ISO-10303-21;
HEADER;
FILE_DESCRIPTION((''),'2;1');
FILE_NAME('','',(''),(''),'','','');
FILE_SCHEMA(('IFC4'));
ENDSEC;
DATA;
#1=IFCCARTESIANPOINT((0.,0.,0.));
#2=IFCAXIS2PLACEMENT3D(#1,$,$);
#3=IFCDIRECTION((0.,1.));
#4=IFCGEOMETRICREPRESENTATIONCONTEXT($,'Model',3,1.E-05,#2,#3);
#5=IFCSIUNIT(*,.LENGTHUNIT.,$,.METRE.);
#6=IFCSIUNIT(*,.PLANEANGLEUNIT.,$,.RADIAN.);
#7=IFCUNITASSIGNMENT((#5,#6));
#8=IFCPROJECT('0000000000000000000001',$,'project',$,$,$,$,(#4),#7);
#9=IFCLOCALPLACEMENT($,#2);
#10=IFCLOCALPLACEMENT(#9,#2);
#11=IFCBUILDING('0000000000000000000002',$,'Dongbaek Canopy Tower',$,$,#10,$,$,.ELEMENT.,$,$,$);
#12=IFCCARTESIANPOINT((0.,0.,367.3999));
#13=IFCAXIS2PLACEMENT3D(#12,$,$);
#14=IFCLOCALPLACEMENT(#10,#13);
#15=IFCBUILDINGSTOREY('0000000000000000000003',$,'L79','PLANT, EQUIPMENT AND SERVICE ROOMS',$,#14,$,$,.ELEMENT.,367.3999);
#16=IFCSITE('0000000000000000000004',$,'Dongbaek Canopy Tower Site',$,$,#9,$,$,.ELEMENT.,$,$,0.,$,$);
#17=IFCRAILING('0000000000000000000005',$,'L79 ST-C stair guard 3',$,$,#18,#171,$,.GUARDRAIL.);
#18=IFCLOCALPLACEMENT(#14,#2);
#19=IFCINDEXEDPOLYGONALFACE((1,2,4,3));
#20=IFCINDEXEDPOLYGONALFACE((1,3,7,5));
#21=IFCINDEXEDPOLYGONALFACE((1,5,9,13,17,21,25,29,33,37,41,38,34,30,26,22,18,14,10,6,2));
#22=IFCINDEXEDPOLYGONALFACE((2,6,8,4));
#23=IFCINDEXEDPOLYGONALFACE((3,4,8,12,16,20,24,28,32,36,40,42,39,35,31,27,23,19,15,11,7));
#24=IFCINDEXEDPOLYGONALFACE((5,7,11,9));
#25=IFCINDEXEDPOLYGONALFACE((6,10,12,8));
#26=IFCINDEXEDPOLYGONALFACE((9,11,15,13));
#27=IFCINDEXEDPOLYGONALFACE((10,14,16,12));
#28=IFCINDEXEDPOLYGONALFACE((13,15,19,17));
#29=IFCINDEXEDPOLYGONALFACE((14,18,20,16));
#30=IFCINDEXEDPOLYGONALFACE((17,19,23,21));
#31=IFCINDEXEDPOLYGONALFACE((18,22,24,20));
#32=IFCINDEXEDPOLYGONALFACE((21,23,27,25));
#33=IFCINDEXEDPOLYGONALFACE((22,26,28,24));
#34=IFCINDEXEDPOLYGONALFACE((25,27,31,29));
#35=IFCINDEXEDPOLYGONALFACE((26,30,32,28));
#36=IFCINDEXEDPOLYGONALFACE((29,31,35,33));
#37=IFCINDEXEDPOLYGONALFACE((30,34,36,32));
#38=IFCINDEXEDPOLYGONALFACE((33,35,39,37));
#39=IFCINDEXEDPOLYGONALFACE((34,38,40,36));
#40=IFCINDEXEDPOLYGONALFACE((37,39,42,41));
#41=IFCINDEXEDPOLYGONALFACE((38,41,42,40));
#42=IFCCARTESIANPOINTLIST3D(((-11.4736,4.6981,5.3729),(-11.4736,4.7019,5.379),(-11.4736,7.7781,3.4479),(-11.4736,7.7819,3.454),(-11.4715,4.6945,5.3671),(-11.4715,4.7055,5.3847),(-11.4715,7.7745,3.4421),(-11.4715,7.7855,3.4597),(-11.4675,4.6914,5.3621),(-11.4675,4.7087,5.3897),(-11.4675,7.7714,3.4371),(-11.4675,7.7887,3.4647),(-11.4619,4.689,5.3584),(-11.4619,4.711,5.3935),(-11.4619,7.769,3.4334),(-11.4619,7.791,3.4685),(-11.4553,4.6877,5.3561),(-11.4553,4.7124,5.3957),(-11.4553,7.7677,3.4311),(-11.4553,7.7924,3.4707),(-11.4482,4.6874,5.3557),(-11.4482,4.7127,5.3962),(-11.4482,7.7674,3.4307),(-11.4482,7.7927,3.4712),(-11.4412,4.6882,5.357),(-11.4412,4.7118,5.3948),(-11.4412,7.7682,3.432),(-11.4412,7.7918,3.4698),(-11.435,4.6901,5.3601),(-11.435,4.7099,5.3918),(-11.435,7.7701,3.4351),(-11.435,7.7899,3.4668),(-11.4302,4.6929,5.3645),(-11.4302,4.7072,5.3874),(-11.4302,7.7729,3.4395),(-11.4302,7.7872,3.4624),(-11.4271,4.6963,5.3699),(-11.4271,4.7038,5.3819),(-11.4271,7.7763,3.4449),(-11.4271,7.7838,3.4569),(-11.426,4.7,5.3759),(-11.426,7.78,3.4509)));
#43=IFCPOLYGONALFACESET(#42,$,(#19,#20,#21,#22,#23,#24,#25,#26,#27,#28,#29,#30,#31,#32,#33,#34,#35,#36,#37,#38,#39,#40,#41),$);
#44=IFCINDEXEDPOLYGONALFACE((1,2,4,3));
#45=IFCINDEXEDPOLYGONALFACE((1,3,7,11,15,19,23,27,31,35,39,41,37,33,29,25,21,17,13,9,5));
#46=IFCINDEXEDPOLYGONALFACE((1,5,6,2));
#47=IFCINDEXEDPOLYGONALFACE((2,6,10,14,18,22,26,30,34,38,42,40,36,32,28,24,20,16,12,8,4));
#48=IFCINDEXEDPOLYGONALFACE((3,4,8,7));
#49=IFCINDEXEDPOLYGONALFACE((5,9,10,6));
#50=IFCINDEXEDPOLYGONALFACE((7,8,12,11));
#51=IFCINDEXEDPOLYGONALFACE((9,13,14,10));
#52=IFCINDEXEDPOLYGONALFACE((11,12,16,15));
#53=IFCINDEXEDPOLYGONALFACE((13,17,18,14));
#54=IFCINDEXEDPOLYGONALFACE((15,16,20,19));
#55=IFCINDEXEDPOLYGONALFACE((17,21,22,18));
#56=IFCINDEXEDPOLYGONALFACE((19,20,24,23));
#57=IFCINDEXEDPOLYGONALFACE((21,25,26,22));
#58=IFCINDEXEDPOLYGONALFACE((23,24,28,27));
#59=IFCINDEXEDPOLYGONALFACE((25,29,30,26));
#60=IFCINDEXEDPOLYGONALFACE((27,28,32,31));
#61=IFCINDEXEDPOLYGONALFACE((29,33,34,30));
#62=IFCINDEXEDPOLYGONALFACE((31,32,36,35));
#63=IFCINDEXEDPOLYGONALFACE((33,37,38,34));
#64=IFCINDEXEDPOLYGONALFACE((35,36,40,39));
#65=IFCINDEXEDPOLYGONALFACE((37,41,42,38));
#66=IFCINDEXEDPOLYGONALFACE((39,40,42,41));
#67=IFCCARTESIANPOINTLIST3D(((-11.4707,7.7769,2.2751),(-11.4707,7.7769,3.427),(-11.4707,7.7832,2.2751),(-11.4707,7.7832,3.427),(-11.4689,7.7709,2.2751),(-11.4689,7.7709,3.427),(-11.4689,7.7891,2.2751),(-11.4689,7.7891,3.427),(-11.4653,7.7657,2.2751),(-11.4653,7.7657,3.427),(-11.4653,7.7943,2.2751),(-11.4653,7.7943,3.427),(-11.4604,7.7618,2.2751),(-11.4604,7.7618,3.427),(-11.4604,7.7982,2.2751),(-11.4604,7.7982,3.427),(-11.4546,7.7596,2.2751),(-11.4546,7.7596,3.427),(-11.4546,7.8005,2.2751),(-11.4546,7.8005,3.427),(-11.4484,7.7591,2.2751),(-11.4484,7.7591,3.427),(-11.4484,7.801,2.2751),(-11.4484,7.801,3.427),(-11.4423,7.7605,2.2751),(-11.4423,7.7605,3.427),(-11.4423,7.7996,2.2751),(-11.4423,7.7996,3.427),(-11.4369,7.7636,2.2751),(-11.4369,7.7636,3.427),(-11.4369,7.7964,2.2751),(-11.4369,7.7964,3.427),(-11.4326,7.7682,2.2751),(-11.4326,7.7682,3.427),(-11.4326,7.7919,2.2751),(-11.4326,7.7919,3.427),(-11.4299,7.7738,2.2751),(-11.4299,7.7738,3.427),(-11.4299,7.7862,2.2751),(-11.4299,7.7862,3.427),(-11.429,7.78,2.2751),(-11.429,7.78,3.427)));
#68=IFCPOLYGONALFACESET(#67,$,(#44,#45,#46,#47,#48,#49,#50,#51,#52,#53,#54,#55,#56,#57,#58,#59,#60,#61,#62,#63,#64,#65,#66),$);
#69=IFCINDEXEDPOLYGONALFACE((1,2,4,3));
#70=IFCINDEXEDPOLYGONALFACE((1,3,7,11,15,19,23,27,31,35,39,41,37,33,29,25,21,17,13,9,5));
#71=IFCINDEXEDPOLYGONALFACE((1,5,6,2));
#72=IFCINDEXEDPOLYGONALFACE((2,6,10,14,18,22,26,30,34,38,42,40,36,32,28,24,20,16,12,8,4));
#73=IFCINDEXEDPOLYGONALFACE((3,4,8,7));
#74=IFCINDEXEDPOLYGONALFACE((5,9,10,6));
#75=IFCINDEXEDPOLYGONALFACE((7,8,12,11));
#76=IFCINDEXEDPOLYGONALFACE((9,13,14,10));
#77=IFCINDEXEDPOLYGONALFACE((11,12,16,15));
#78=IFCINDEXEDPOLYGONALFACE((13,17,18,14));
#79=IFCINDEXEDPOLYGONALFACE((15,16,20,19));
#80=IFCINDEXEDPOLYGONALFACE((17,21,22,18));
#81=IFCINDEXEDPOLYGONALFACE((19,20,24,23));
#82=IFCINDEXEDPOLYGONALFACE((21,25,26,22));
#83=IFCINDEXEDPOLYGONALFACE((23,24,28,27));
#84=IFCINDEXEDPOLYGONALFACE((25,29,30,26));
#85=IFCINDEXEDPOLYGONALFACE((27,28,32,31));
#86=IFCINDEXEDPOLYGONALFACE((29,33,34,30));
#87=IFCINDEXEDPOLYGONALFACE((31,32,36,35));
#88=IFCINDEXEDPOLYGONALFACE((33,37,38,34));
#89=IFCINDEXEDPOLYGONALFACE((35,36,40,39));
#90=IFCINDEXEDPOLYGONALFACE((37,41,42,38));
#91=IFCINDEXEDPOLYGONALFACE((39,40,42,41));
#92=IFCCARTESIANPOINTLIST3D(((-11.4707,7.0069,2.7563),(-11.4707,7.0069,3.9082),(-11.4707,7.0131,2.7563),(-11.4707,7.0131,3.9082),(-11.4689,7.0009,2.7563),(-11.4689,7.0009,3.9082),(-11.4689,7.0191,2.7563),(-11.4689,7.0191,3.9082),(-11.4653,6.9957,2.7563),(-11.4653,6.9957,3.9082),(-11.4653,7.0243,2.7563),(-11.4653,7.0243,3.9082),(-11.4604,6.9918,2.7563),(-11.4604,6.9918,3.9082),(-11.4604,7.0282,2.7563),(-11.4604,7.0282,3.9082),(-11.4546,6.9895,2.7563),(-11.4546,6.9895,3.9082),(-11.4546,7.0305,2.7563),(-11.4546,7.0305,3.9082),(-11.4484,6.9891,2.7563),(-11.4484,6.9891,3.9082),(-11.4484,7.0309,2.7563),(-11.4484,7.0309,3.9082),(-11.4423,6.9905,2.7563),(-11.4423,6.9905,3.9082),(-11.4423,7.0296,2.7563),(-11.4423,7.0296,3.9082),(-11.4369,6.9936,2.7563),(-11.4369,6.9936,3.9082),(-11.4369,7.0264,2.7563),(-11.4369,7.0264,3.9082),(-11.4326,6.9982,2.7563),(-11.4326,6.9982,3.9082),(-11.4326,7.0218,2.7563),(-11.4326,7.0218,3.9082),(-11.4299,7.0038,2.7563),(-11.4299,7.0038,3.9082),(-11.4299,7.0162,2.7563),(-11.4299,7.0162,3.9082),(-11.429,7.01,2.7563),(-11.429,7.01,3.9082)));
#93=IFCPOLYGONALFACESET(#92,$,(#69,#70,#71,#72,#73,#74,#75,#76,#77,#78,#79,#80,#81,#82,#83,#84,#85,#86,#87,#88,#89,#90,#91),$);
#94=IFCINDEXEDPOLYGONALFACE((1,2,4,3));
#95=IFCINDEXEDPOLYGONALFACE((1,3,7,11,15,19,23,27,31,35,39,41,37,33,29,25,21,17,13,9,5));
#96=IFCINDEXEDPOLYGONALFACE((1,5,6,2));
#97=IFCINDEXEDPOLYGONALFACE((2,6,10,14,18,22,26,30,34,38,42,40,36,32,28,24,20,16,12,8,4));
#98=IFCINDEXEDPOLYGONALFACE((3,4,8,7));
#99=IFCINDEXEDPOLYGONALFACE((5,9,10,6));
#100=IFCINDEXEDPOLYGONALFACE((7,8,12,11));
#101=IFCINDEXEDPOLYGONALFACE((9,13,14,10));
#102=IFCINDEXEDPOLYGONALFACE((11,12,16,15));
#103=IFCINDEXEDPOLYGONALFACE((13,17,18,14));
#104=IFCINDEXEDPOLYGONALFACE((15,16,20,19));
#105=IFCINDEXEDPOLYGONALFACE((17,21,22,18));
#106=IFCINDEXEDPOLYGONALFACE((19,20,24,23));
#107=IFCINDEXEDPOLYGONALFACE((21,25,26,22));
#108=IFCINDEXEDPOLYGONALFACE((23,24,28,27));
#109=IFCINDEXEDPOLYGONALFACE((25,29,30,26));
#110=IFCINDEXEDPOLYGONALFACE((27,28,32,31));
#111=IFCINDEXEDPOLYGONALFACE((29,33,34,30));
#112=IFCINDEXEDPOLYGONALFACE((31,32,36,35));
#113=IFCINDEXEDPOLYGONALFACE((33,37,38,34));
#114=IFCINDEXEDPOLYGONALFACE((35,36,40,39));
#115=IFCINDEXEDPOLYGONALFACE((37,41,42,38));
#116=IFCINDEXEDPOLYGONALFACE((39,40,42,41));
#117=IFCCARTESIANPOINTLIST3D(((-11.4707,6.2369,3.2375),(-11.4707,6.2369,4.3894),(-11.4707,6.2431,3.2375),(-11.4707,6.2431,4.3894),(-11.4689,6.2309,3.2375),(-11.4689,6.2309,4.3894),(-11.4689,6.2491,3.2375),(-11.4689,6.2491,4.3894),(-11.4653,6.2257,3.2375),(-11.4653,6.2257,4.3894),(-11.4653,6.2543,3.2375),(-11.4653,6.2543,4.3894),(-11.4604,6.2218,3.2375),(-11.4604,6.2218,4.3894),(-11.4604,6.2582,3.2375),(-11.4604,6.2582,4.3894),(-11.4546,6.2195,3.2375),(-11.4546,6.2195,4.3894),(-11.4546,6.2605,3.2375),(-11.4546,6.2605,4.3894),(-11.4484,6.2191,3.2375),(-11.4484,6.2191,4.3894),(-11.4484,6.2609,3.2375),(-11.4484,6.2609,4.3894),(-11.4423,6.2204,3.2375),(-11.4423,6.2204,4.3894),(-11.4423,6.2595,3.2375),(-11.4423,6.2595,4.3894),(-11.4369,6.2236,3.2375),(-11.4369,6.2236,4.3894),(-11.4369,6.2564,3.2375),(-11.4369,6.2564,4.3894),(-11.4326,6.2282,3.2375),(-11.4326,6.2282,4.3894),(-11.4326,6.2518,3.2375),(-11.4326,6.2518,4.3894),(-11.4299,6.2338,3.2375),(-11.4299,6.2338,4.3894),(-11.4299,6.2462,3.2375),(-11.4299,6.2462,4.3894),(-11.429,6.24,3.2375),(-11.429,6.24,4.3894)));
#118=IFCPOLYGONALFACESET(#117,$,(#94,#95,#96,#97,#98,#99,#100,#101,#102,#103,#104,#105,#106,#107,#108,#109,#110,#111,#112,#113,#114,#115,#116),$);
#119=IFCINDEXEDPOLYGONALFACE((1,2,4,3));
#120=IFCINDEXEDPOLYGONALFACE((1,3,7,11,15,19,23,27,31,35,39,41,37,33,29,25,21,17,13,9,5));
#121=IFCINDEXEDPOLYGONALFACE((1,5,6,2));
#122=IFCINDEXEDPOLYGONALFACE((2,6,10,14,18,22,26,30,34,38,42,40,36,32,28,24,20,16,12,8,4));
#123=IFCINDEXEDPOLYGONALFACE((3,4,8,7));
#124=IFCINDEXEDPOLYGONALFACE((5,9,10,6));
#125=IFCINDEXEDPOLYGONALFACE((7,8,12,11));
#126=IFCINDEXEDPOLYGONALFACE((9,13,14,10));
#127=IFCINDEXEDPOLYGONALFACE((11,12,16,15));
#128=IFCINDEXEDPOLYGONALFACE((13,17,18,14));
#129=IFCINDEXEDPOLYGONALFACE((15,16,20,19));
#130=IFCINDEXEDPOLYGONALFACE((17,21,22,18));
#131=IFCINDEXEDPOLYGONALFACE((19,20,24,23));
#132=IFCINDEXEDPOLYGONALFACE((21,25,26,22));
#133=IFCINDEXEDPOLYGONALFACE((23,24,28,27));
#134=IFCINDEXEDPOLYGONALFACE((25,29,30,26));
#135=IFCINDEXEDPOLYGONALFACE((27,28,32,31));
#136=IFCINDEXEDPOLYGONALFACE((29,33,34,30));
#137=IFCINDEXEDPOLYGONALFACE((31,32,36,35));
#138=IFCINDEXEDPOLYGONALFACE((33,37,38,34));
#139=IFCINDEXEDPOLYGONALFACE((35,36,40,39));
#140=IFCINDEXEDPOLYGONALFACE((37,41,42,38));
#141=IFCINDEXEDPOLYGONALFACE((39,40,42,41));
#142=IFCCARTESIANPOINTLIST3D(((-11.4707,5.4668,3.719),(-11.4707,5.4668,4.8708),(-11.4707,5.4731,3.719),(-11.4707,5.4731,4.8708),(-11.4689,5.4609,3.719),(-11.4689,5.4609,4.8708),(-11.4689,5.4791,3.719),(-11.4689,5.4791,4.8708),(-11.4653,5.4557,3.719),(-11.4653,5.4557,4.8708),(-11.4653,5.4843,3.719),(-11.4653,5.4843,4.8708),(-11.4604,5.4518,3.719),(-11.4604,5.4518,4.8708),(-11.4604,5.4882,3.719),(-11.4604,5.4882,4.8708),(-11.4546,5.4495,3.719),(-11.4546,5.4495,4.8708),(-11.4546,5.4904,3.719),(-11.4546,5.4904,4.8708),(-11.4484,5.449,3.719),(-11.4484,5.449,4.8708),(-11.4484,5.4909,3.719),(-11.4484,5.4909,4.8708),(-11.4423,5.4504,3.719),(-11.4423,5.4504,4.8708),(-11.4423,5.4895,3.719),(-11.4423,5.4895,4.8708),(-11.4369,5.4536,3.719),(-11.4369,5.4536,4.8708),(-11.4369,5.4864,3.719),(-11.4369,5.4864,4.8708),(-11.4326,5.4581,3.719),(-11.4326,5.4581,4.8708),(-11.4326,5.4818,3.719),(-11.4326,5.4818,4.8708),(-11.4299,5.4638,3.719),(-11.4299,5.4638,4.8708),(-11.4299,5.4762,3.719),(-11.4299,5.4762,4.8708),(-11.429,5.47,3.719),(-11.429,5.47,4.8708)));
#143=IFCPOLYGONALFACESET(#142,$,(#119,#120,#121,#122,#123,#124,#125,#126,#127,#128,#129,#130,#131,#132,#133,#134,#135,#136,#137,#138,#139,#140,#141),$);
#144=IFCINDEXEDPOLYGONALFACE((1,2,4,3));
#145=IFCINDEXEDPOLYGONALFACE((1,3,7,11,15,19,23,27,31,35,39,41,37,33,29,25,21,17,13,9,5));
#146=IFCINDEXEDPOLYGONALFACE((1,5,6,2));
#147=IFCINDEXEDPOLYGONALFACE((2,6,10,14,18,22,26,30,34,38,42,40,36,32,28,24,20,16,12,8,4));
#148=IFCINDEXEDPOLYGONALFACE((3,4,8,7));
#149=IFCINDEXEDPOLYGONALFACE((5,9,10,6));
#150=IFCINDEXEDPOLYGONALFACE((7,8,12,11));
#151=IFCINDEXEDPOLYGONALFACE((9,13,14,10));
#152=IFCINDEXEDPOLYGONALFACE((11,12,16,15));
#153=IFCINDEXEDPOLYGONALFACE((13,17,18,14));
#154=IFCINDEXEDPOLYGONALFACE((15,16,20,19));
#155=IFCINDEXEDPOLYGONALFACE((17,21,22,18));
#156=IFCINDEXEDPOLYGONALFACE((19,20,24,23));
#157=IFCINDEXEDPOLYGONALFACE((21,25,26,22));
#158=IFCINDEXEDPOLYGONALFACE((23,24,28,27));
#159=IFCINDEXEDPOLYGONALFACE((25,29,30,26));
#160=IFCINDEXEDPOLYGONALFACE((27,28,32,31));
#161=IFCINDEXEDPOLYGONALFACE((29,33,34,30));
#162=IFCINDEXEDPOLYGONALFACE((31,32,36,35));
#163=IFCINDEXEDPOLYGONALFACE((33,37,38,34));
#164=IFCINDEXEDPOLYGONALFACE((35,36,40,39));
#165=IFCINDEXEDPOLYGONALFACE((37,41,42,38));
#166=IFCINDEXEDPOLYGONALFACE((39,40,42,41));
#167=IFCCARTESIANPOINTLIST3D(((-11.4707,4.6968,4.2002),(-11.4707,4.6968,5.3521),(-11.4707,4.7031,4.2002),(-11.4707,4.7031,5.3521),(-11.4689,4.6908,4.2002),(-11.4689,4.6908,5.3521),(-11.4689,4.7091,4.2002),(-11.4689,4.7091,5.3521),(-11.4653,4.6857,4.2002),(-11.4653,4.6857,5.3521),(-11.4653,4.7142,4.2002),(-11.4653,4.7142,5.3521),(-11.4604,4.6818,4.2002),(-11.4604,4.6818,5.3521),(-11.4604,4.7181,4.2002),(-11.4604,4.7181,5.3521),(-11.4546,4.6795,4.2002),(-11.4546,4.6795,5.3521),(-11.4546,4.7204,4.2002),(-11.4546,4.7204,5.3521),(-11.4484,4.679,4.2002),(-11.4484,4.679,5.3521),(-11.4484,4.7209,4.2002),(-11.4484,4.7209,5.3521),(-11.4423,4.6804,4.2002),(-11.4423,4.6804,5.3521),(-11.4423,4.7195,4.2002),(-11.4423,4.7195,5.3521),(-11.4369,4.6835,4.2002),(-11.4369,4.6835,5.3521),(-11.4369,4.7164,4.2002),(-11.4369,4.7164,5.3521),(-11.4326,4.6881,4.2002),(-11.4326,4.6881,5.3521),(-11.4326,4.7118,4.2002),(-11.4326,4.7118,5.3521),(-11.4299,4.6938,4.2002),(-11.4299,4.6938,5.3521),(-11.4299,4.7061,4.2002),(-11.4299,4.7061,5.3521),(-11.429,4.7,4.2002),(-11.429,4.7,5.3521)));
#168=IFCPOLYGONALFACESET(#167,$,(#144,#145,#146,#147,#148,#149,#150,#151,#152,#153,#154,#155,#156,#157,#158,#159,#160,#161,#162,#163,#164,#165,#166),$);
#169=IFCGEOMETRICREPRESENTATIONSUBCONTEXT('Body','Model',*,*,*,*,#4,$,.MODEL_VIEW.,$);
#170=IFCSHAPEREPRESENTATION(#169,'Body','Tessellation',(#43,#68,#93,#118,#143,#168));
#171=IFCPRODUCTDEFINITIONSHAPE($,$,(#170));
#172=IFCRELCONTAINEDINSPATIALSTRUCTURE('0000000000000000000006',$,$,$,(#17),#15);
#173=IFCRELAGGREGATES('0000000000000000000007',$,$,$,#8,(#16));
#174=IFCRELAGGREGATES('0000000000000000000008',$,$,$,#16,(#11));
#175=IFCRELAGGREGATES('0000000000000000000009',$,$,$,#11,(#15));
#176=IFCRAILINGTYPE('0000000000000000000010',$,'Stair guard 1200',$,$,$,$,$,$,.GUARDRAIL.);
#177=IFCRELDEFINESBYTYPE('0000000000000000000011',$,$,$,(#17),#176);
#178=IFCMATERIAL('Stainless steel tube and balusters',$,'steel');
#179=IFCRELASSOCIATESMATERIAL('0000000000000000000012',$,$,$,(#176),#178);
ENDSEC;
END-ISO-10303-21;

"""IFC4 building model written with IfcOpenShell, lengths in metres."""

from ifc_helpers import new_model, si_unit, direction, frame, origin, origin_2d, place, context, subcontext, project, spatial, circle, extrude, material, type_object, element, save


model = new_model("IFC4")

# Units and contexts
model_context = context("Model", 3, precision=1e-05, world=origin(), true_north=direction((0.0, 1.0)))
body_context = subcontext(model_context, "Body", "Model", "MODEL_VIEW")
ifc_project = project(units=[si_unit("LENGTHUNIT", "METRE"), si_unit("PLANEANGLEUNIT", "RADIAN")], contexts=[model_context])

# Site, building, storey
site_placement = place(None, origin())
site = spatial("IfcSite", under=ifc_project, at=site_placement, Name="Dongbaek Canopy Tower Site", CompositionType="ELEMENT", RefElevation=0.0)
building_placement = place(site_placement, origin())
building = spatial("IfcBuilding", under=site, at=building_placement, Name="Dongbaek Canopy Tower", CompositionType="ELEMENT")
storey_placement = place(building_placement, frame((0.0, 0.0, 367.3999)))
storey = spatial("IfcBuildingStorey", under=building, at=storey_placement, Name="L79", Description="PLANT, EQUIPMENT AND SERVICE ROOMS", CompositionType="ELEMENT", Elevation=367.3999)

# Railing
ifc_material_1 = material(Name="Stainless steel tube and balusters", Category="steel")
railing_type_1 = type_object("IfcRailingType", Name="Stair guard 1200", PredefinedType="GUARDRAIL", material=ifc_material_1)
railing_1_placement = place(storey_placement, frame((-11.45, 7.78, 2.2751)))
element("IfcRailing", 1, at=railing_1_placement, inside=storey, type_object=railing_type_1, Name="L79 ST-C stair guard 3", PredefinedType="GUARDRAIL", context=body_context, shape_type="SweptSolid", body=[
    extrude(circle(Radius=0.0239, at=origin_2d()), frame((0.0, 0.0, 1.1758), z_axis=(0.0, -0.847998, 0.529999), x_axis=(1.0, 0.0, 0.0)), (0.0, 0.0, 1.0), 3.6321),
    extrude(circle(Radius=0.021, at=origin_2d()), origin(), (0.0, 0.0, 1.0), 1.1519),
    extrude(circle(Radius=0.021, at=origin_2d()), frame((0.0, -0.77, 0.4812)), (0.0, 0.0, 1.0), 1.1519),
    extrude(circle(Radius=0.021, at=origin_2d()), frame((0.0, -1.54, 0.9624)), (0.0, 0.0, 1.0), 1.1519),
    extrude(circle(Radius=0.021, at=origin_2d()), frame((0.0, -2.3101, 1.4438)), (0.0, 0.0, 1.0), 1.1519),
    extrude(circle(Radius=0.021, at=origin_2d()), frame((0.0, -3.0801, 1.925)), (0.0, 0.0, 1.0), 1.1519),
])

save(model, "model.ifc")
